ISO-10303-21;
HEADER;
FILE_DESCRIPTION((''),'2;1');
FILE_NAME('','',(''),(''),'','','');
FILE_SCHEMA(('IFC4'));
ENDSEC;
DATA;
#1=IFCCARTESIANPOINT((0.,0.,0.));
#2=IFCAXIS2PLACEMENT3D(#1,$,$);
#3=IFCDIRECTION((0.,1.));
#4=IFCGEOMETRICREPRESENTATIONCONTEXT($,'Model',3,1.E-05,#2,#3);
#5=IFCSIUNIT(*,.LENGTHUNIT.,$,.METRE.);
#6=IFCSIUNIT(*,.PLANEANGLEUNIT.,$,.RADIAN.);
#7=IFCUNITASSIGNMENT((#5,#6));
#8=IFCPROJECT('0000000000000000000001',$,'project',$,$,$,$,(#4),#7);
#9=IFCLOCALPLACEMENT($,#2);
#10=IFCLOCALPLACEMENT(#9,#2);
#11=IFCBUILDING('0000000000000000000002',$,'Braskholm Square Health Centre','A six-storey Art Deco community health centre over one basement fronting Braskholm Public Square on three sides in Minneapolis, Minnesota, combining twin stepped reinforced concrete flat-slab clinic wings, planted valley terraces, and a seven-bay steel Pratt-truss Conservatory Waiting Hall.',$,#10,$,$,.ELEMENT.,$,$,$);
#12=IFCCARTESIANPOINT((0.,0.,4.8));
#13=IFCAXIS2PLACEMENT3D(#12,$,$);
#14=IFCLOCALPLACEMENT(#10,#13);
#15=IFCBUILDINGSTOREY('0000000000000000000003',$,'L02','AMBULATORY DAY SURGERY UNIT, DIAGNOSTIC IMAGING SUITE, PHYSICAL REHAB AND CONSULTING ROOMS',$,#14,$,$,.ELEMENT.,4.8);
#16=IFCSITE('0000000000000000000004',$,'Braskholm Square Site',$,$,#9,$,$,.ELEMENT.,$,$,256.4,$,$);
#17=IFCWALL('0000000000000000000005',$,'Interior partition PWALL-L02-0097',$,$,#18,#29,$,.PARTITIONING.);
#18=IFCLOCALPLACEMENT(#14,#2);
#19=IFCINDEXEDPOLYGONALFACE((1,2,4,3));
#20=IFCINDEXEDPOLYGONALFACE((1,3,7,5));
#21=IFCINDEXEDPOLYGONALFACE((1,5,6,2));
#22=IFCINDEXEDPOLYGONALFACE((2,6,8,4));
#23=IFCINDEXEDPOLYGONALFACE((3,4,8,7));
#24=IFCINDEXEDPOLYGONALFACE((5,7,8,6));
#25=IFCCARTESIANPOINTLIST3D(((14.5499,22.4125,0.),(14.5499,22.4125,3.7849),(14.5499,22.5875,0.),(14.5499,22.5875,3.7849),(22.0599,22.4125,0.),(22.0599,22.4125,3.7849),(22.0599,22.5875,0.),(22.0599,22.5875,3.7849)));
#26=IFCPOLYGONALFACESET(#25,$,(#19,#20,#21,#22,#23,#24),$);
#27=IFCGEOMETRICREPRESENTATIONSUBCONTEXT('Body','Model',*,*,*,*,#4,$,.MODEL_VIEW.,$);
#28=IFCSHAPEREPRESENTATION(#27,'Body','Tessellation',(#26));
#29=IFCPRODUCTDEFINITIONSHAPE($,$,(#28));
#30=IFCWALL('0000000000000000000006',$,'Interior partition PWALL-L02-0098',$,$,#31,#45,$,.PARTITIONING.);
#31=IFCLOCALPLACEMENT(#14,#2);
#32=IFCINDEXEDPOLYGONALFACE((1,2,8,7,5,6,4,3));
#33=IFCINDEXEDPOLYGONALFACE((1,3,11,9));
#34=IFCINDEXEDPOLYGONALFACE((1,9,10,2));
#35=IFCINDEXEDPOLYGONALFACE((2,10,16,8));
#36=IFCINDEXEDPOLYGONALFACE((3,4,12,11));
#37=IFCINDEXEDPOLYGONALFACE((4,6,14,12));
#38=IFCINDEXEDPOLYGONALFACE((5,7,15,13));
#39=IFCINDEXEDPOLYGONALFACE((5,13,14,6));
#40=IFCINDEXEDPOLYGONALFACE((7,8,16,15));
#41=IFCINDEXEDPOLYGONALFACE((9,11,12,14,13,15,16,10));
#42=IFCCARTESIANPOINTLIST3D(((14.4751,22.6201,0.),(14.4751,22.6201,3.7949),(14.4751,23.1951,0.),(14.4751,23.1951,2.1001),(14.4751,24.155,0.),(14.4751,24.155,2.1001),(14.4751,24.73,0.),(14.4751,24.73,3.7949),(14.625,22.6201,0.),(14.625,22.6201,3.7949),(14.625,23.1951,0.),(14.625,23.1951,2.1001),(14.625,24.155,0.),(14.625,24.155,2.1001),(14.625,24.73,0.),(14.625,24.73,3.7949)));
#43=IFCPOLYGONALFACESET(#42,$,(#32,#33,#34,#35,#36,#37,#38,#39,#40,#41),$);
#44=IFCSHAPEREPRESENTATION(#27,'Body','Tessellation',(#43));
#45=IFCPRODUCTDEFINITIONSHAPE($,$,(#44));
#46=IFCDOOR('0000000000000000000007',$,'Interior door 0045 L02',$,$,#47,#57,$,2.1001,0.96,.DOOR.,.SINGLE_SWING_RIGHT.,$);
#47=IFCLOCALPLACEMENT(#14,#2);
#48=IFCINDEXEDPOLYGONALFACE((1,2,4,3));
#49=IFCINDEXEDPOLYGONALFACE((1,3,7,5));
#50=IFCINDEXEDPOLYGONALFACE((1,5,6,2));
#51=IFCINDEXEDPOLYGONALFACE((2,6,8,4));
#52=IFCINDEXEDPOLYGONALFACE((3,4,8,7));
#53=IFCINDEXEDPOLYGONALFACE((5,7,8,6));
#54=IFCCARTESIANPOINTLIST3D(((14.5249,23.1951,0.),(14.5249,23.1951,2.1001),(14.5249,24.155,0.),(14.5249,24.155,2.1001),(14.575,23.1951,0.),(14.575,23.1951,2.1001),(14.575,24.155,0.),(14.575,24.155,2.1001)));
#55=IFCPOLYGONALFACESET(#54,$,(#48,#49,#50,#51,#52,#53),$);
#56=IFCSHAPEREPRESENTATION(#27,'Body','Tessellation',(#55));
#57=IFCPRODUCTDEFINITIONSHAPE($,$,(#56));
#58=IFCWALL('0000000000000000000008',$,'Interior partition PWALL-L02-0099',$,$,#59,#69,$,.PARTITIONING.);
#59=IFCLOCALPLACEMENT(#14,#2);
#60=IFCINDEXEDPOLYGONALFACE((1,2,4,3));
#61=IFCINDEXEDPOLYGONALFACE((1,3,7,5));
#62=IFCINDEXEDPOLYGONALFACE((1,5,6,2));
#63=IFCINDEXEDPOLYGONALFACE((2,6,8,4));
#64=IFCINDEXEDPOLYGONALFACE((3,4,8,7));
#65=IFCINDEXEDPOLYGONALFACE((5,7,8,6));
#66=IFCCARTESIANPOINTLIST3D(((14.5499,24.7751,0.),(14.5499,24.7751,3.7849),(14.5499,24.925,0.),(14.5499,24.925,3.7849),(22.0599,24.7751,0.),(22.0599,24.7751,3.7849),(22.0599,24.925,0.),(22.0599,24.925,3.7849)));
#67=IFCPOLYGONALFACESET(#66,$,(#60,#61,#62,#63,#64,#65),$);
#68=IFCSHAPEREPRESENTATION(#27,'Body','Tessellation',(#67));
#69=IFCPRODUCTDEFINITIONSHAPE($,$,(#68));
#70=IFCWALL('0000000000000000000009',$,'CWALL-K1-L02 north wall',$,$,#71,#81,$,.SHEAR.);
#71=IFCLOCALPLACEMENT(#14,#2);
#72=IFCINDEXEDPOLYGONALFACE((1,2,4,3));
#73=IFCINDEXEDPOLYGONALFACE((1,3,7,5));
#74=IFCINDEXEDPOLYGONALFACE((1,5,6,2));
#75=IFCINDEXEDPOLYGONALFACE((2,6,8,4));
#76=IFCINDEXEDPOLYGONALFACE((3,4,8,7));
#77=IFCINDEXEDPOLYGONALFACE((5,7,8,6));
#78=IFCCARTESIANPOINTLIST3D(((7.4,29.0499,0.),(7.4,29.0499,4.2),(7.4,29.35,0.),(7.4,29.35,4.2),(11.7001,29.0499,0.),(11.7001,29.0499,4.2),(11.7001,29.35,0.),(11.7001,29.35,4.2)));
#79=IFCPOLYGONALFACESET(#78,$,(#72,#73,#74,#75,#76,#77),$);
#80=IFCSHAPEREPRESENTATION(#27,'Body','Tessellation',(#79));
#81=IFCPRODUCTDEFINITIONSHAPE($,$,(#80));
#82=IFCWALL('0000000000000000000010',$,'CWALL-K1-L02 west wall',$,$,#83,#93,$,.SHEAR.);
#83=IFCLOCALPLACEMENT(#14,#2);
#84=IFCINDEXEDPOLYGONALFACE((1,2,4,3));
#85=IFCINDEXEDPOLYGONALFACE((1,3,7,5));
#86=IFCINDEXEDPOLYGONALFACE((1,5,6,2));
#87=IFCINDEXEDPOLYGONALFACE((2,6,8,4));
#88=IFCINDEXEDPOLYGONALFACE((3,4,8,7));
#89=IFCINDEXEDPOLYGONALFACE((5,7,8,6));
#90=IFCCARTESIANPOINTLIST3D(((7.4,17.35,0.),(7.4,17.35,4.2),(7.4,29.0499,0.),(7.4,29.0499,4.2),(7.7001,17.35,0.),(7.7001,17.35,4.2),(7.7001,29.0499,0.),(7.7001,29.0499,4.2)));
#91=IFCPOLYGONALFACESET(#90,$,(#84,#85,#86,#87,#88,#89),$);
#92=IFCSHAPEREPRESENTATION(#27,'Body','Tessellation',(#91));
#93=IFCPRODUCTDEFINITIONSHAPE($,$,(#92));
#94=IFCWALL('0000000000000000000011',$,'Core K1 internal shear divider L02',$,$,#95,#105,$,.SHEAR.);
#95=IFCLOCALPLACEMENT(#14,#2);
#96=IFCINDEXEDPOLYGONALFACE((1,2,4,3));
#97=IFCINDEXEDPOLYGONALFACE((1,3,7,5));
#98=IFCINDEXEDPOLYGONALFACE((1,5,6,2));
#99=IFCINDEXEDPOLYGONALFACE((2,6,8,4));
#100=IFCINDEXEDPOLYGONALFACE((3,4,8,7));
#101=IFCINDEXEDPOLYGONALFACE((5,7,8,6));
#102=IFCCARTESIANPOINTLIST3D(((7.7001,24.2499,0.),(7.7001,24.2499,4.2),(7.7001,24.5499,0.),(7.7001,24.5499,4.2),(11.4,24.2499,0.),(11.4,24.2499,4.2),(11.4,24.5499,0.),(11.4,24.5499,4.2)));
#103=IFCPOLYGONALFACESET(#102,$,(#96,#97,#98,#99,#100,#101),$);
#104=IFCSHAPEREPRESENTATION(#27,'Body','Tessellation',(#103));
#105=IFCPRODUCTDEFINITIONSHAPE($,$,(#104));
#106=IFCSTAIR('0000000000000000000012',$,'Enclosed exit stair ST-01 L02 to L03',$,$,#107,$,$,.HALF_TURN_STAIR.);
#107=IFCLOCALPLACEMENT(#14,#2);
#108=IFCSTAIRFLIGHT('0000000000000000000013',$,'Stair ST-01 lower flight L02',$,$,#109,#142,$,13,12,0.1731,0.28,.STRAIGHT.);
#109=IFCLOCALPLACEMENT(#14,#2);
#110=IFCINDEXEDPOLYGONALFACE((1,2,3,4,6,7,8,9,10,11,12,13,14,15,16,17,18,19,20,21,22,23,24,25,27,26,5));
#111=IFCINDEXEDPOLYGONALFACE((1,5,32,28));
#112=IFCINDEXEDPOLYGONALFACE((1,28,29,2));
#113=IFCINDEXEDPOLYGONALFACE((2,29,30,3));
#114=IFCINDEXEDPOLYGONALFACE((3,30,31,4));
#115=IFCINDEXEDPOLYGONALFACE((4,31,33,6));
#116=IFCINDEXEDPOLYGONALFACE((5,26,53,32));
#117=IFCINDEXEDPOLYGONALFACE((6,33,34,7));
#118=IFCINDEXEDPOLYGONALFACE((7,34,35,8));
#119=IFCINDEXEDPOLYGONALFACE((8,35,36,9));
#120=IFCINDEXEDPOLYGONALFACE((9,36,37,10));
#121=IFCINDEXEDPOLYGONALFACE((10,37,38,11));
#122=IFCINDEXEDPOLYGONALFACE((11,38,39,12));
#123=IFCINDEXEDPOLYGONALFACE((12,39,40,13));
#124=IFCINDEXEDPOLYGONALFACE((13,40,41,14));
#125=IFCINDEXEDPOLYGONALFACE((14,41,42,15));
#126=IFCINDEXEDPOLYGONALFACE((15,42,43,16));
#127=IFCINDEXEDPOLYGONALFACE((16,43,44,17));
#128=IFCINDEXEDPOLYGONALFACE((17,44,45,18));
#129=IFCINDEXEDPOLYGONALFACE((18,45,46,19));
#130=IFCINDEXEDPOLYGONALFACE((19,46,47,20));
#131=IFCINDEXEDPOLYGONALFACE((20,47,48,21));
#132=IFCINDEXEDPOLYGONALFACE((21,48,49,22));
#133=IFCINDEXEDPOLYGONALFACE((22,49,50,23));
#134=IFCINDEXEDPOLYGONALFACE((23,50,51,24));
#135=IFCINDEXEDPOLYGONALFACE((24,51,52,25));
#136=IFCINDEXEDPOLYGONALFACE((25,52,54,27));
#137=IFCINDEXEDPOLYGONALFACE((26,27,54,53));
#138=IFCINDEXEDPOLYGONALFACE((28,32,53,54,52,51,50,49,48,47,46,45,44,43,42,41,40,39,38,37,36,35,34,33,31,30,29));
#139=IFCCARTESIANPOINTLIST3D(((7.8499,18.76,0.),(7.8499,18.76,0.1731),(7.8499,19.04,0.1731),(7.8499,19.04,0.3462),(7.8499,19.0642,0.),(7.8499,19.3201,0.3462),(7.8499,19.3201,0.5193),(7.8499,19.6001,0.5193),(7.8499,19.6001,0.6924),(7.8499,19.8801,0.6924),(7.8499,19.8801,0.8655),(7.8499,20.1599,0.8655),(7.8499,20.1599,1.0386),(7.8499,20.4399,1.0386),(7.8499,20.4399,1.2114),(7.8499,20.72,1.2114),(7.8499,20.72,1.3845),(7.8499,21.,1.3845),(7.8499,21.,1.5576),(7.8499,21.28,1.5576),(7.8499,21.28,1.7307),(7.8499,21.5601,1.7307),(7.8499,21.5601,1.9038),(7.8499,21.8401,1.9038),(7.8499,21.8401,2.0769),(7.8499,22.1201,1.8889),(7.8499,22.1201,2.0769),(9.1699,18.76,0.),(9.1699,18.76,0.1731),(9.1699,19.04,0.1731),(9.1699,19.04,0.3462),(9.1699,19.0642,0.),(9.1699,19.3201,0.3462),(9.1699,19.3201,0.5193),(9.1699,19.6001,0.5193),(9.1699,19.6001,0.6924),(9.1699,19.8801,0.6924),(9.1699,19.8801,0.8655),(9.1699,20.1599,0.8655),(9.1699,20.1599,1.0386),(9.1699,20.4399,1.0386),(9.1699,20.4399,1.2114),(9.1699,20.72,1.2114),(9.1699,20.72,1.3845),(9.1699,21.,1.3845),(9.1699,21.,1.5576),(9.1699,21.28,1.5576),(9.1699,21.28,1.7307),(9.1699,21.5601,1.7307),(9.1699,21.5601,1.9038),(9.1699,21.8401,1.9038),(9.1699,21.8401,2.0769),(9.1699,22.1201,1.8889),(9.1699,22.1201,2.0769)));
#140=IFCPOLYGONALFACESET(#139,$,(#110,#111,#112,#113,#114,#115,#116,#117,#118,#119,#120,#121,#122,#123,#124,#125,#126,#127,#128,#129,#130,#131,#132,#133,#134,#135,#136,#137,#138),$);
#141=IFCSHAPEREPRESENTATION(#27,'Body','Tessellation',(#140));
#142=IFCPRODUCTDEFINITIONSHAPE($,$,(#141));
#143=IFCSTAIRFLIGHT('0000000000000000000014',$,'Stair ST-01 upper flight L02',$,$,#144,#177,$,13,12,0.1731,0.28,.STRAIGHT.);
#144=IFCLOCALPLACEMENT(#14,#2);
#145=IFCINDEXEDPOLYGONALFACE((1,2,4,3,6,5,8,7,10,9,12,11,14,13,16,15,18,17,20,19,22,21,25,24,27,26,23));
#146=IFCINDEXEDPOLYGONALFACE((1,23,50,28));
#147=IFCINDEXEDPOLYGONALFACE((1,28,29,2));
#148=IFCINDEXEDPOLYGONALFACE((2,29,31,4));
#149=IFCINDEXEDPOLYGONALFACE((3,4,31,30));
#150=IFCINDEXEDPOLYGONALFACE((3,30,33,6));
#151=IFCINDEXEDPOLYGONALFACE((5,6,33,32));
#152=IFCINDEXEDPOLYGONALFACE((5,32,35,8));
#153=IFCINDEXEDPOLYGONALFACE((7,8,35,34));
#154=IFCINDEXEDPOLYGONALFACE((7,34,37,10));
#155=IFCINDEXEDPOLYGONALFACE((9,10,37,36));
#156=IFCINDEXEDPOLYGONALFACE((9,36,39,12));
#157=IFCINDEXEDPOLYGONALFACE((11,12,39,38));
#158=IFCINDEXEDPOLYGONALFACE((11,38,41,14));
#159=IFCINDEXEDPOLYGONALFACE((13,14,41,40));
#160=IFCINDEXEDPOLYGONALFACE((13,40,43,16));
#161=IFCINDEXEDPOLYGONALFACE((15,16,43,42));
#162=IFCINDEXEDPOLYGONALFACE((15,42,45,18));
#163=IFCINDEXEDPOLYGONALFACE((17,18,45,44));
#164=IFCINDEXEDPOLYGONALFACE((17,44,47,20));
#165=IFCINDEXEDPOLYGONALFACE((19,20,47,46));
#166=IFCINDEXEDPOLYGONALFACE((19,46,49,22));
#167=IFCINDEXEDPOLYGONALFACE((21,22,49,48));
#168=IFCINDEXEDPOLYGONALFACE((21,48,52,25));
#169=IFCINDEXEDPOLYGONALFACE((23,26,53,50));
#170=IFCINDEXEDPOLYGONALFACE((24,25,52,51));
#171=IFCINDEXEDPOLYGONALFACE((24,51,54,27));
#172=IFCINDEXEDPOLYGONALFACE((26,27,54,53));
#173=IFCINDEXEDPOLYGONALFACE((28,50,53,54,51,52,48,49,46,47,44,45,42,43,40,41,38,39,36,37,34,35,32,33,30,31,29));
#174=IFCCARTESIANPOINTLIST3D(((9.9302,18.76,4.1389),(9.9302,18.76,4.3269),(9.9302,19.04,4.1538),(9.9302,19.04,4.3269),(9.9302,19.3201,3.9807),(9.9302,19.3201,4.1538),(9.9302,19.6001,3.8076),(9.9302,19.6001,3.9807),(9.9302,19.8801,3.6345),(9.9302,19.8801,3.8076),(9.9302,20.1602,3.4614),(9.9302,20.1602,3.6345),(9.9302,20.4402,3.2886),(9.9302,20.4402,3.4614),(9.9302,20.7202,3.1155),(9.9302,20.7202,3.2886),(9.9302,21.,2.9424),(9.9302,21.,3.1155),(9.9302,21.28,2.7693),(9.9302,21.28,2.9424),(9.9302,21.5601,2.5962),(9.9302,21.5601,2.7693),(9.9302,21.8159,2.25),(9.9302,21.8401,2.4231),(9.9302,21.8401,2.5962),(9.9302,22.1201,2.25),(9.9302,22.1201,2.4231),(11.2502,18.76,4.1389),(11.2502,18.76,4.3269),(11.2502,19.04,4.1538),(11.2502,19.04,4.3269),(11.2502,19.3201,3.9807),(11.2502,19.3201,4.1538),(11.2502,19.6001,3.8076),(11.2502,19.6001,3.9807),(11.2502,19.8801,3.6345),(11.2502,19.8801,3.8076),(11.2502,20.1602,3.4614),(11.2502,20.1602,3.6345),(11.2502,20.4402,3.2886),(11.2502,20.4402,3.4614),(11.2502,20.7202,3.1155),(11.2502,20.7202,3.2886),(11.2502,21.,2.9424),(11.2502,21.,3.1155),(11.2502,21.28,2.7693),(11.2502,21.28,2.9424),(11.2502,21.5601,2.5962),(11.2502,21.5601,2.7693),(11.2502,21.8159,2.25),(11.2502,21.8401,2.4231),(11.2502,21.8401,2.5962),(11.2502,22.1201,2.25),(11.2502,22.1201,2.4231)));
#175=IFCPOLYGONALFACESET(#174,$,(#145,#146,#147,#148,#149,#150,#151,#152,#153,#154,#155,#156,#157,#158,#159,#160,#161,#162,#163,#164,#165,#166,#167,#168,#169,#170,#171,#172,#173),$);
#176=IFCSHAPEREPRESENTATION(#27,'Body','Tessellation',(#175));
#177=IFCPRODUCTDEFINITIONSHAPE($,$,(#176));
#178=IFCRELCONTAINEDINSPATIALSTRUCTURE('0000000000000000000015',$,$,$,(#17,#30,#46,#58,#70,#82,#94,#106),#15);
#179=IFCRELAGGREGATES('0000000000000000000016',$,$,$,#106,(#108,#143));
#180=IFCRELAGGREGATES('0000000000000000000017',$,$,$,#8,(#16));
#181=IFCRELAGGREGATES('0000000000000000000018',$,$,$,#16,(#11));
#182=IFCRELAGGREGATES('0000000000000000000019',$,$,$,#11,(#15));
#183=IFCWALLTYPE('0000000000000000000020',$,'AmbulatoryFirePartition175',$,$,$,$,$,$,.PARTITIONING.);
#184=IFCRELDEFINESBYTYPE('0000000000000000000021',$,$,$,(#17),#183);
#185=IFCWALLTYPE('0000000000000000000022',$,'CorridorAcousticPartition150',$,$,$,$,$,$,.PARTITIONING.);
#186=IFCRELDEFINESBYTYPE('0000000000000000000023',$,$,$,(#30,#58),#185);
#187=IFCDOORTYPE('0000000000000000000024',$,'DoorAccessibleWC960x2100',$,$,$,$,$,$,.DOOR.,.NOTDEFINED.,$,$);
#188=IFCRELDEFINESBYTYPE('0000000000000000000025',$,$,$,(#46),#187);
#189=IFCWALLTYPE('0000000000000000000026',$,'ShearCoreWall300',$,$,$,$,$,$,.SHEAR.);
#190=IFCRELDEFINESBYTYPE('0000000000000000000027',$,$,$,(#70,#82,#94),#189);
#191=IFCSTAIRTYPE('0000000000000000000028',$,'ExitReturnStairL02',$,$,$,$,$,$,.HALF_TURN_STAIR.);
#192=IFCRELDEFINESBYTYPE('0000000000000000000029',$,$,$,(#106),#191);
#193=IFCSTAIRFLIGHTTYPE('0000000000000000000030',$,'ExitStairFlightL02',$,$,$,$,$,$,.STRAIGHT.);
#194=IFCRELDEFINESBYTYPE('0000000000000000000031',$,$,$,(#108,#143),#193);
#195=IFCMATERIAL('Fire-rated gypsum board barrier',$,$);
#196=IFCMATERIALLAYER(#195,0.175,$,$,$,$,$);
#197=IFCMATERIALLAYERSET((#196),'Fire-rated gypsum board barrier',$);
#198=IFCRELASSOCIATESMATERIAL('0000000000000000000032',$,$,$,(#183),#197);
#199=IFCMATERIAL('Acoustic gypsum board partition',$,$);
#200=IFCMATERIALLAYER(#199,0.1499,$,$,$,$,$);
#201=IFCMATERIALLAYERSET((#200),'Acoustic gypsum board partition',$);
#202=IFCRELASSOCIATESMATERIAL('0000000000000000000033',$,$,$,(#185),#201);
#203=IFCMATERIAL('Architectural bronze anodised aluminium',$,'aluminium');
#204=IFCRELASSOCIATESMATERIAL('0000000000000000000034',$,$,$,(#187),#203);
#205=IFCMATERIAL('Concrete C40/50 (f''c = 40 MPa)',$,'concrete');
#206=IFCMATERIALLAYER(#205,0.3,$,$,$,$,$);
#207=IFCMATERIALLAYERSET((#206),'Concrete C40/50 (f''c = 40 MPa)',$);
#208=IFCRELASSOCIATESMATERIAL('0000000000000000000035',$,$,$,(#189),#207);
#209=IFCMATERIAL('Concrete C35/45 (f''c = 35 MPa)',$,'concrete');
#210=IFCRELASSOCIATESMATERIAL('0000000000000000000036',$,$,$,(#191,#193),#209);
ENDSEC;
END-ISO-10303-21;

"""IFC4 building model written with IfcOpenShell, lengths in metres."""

from ifc_helpers import new_model, si_unit, direction, frame, frame_2d, origin, place, context, subcontext, project, spatial, polyline, rectangle, outline, extrude, material, layer, layer_set, type_object, element, fill, aggregate, save


model = new_model("IFC4")

# Units and contexts
model_context = context("Model", 3, precision=1e-05, world=origin(), true_north=direction((0.0, 1.0)))
body_context = subcontext(model_context, "Body", "Model", "MODEL_VIEW")
ifc_project = project(units=[si_unit("LENGTHUNIT", "METRE"), si_unit("PLANEANGLEUNIT", "RADIAN")], contexts=[model_context])

# Site, building, storey
site_placement = place(None, origin())
site = spatial("IfcSite", under=ifc_project, at=site_placement, Name="Braskholm Square Site", CompositionType="ELEMENT", RefElevation=256.4)
building_placement = place(site_placement, origin())
building = spatial("IfcBuilding", under=site, at=building_placement, Name="Braskholm Square Health Centre", Description="A six-storey Art Deco community health centre over one basement fronting Braskholm Public Square on three sides in Minneapolis, Minnesota, combining twin stepped reinforced concrete flat-slab clinic wings, planted valley terraces, and a seven-bay steel Pratt-truss Conservatory Waiting Hall.", CompositionType="ELEMENT")
storey_placement = place(building_placement, frame((0.0, 0.0, 4.8)))
storey = spatial("IfcBuildingStorey", under=building, at=storey_placement, Name="L02", Description="AMBULATORY DAY SURGERY UNIT, DIAGNOSTIC IMAGING SUITE, PHYSICAL REHAB AND CONSULTING ROOMS", CompositionType="ELEMENT", Elevation=4.8)

# Shared definitions
ifc_material_1 = material(Name="Architectural bronze anodised aluminium", Category="aluminium")

# Shared definitions
ifc_material_2 = material(Name="Concrete C35/45 (f'c = 35 MPa)", Category="concrete")

# Wall
ifc_material_3 = material(Name="Fire-rated gypsum board barrier")
ifc_layer_1 = layer(ifc_material_3, 0.175)
ifc_layer_set_1 = layer_set([ifc_layer_1], Name="Fire-rated gypsum board barrier")
wall_type_1 = type_object("IfcWallType", Name="AmbulatoryFirePartition175", PredefinedType="PARTITIONING", material=ifc_layer_set_1)
wall_1_placement = place(storey_placement, frame((14.55, 22.5, 0.0), z_axis=(0.0, 0.0, 1.0), x_axis=(1.0, 0.0, 0.0)))
element("IfcWall", 1, at=wall_1_placement, inside=storey, type_object=wall_type_1, Name="Interior partition PWALL-L02-0097", PredefinedType="PARTITIONING", context=body_context, shape_type="SweptSolid", body=[
    extrude(rectangle(XDim=7.51, YDim=0.175, at=frame_2d((3.7549, 0.0))), origin(), (0.0, 0.0, 1.0), 3.7849),
])

# Wall, opening, door
ifc_material_4 = material(Name="Acoustic gypsum board partition")
ifc_layer_2 = layer(ifc_material_4, 0.1499)
ifc_layer_set_2 = layer_set([ifc_layer_2], Name="Acoustic gypsum board partition")
wall_type_2 = type_object("IfcWallType", Name="CorridorAcousticPartition150", PredefinedType="PARTITIONING", material=ifc_layer_set_2)
wall_2_placement = place(storey_placement, frame((14.55, 22.6201, 0.0), z_axis=(0.0, 0.0, 1.0), x_axis=(0.0, 1.0, 0.0)))
wall_2 = element("IfcWall", 2, at=wall_2_placement, inside=storey, type_object=wall_type_2, Name="Interior partition PWALL-L02-0098", PredefinedType="PARTITIONING", context=body_context, shape_type="SweptSolid", body=[
    extrude(rectangle(XDim=2.1099, YDim=0.1499, at=frame_2d((1.0549, 0.0))), origin(), (0.0, 0.0, 1.0), 3.7949),
])
opening_placement = place(wall_2_placement, frame((0.575, 0.0, 0.0)))
opening = element("IfcOpeningElement", 3, at=opening_placement, cuts=wall_2, PredefinedType="OPENING", context=body_context, shape_type="SweptSolid", body=[
    extrude(rectangle(XDim=0.96, YDim=2.1001, at=frame_2d((0.48, 1.05))), frame((0.0, 0.085, 0.0), z_axis=(0.0, -1.0, 0.0), x_axis=(1.0, 0.0, 0.0)), (0.0, 0.0, 1.0), 0.1699),
])
door_type = type_object("IfcDoorType", Name="DoorAccessibleWC960x2100", OperationType="NOTDEFINED", PredefinedType="DOOR", material=ifc_material_1)
door_placement = place(opening_placement, frame((0.96, 0.0, 0.0), z_axis=(0.0, 0.0, 1.0), x_axis=(-1.0, 0.0, 0.0)))
door = element("IfcDoor", 4, at=door_placement, inside=storey, type_object=door_type, Name="Interior door 0045 L02", OperationType="SINGLE_SWING_RIGHT", OverallHeight=2.1001, OverallWidth=0.96, PredefinedType="DOOR", context=body_context, shape_type="SweptSolid", body=[
    extrude(rectangle(XDim=0.96, YDim=2.1001, at=frame_2d((0.48, 1.05))), frame((0.0, 0.0249, 0.0), z_axis=(0.0, -1.0, 0.0), x_axis=(1.0, 0.0, 0.0)), (0.0, 0.0, 1.0), 0.05),
])
fill(opening, door)

# Walls
wall_3_placement = place(storey_placement, frame((14.55, 24.8501, 0.0), z_axis=(0.0, 0.0, 1.0), x_axis=(1.0, 0.0, 0.0)))
element("IfcWall", 5, at=wall_3_placement, inside=storey, type_object=wall_type_2, Name="Interior partition PWALL-L02-0099", PredefinedType="PARTITIONING", context=body_context, shape_type="SweptSolid", body=[
    extrude(rectangle(XDim=7.51, YDim=0.1499, at=frame_2d((3.7549, 0.0))), origin(), (0.0, 0.0, 1.0), 3.7849),
])
ifc_material_5 = material(Name="Concrete C40/50 (f'c = 40 MPa)", Category="concrete")
ifc_layer_3 = layer(ifc_material_5, 0.3)
ifc_layer_set_3 = layer_set([ifc_layer_3], Name="Concrete C40/50 (f'c = 40 MPa)")
wall_type_3 = type_object("IfcWallType", Name="ShearCoreWall300", PredefinedType="SHEAR", material=ifc_layer_set_3)
wall_4_placement = place(storey_placement, frame((11.7, 29.2, 0.0), z_axis=(0.0, 0.0, 1.0), x_axis=(-1.0, 0.0, 0.0)))
element("IfcWall", 6, at=wall_4_placement, inside=storey, type_object=wall_type_3, Name="CWALL-K1-L02 north wall", PredefinedType="SHEAR", context=body_context, shape_type="SweptSolid", body=[
    extrude(rectangle(XDim=4.3, YDim=0.3, at=frame_2d((2.1499, 0.0))), origin(), (0.0, 0.0, 1.0), 4.2),
])
wall_5_placement = place(storey_placement, frame((7.55, 29.05, 0.0), z_axis=(0.0, 0.0, 1.0), x_axis=(0.0, -1.0, 0.0)))
element("IfcWall", 7, at=wall_5_placement, inside=storey, type_object=wall_type_3, Name="CWALL-K1-L02 west wall", PredefinedType="SHEAR", context=body_context, shape_type="SweptSolid", body=[
    extrude(rectangle(XDim=11.7, YDim=0.3, at=frame_2d((5.8501, 0.0))), origin(), (0.0, 0.0, 1.0), 4.2),
])
wall_6_placement = place(storey_placement, frame((7.7, 24.3999, 0.0), z_axis=(0.0, 0.0, 1.0), x_axis=(1.0, 0.0, 0.0)))
element("IfcWall", 8, at=wall_6_placement, inside=storey, type_object=wall_type_3, Name="Core K1 internal shear divider L02", PredefinedType="SHEAR", context=body_context, shape_type="SweptSolid", body=[
    extrude(rectangle(XDim=3.7, YDim=0.3, at=frame_2d((1.8501, 0.0))), origin(), (0.0, 0.0, 1.0), 4.2),
])

# Stair, stair flights
stair_type = type_object("IfcStairType", Name="ExitReturnStairL02", PredefinedType="HALF_TURN_STAIR", material=ifc_material_2)
stair_placement = place(storey_placement, origin())
stair = element("IfcStair", 9, at=stair_placement, inside=storey, type_object=stair_type, Name="Enclosed exit stair ST-01 L02 to L03", PredefinedType="HALF_TURN_STAIR")
stair_flight_type = type_object("IfcStairFlightType", Name="ExitStairFlightL02", PredefinedType="STRAIGHT", material=ifc_material_2)
stair_flight_1_placement = place(storey_placement, frame((8.51, 18.76, 0.0), z_axis=(0.0, 0.0, 1.0), x_axis=(0.0, 1.0, 0.0)))
stair_flight_1 = element("IfcStairFlight", 10, at=stair_flight_1_placement, type_object=stair_flight_type, Name="Stair ST-01 lower flight L02", NumberOfRisers=13, NumberOfTreads=12, PredefinedType="STRAIGHT", RiserHeight=0.1731, TreadLength=0.28, context=body_context, shape_type="SweptSolid", body=[
    extrude(outline(polyline([(0.0, 0.0), (0.0, 0.1731), (0.28, 0.1731), (0.28, 0.3462), (0.5601, 0.3462), (0.5601, 0.5193), (0.8401, 0.5193), (0.8401, 0.6924), (1.1201, 0.6924), (1.1201, 0.8655), (1.3999, 0.8655), (1.3999, 1.0386), (1.6799, 1.0386), (1.6799, 1.2114), (1.96, 1.2114), (1.96, 1.3845), (2.24, 1.3845), (2.24, 1.5576), (2.52, 1.5576), (2.52, 1.7307), (2.8, 1.7307), (2.8, 1.9038), (3.0801, 1.9038), (3.0801, 2.0769), (3.3601, 2.0769), (3.3601, 2.25), (3.3601, 1.8889), (0.3042, 0.0), (0.0, 0.0)])), frame((0.0, 0.6602, 0.0), z_axis=(0.0, -1.0, 0.0), x_axis=(1.0, 0.0, 0.0)), (0.0, 0.0, 1.0), 1.3201),
])
stair_flight_2_placement = place(storey_placement, frame((10.5901, 22.1201, 2.25), z_axis=(0.0, 0.0, 1.0), x_axis=(0.0, -1.0, 0.0)))
stair_flight_2 = element("IfcStairFlight", 11, at=stair_flight_2_placement, type_object=stair_flight_type, Name="Stair ST-01 upper flight L02", NumberOfRisers=13, NumberOfTreads=12, PredefinedType="STRAIGHT", RiserHeight=0.1731, TreadLength=0.28, context=body_context, shape_type="SweptSolid", body=[
    extrude(outline(polyline([(0.0, 0.0), (0.0, 0.1731), (0.28, 0.1731), (0.28, 0.3462), (0.5601, 0.3462), (0.5601, 0.5193), (0.8401, 0.5193), (0.8401, 0.6924), (1.1201, 0.6924), (1.1201, 0.8655), (1.3999, 0.8655), (1.3999, 1.0386), (1.6799, 1.0386), (1.6799, 1.2114), (1.96, 1.2114), (1.96, 1.3845), (2.24, 1.3845), (2.24, 1.5576), (2.52, 1.5576), (2.52, 1.7307), (2.8, 1.7307), (2.8, 1.9038), (3.0801, 1.9038), (3.0801, 2.0769), (3.3601, 2.0769), (3.3601, 2.25), (3.3601, 1.8889), (0.3042, 0.0), (0.0, 0.0)])), frame((0.0, 0.6602, 0.0), z_axis=(0.0, -1.0, 0.0), x_axis=(1.0, 0.0, 0.0)), (0.0, 0.0, 1.0), 1.3201),
])
aggregate(stair, [stair_flight_1, stair_flight_2])

save(model, "model.ifc")
